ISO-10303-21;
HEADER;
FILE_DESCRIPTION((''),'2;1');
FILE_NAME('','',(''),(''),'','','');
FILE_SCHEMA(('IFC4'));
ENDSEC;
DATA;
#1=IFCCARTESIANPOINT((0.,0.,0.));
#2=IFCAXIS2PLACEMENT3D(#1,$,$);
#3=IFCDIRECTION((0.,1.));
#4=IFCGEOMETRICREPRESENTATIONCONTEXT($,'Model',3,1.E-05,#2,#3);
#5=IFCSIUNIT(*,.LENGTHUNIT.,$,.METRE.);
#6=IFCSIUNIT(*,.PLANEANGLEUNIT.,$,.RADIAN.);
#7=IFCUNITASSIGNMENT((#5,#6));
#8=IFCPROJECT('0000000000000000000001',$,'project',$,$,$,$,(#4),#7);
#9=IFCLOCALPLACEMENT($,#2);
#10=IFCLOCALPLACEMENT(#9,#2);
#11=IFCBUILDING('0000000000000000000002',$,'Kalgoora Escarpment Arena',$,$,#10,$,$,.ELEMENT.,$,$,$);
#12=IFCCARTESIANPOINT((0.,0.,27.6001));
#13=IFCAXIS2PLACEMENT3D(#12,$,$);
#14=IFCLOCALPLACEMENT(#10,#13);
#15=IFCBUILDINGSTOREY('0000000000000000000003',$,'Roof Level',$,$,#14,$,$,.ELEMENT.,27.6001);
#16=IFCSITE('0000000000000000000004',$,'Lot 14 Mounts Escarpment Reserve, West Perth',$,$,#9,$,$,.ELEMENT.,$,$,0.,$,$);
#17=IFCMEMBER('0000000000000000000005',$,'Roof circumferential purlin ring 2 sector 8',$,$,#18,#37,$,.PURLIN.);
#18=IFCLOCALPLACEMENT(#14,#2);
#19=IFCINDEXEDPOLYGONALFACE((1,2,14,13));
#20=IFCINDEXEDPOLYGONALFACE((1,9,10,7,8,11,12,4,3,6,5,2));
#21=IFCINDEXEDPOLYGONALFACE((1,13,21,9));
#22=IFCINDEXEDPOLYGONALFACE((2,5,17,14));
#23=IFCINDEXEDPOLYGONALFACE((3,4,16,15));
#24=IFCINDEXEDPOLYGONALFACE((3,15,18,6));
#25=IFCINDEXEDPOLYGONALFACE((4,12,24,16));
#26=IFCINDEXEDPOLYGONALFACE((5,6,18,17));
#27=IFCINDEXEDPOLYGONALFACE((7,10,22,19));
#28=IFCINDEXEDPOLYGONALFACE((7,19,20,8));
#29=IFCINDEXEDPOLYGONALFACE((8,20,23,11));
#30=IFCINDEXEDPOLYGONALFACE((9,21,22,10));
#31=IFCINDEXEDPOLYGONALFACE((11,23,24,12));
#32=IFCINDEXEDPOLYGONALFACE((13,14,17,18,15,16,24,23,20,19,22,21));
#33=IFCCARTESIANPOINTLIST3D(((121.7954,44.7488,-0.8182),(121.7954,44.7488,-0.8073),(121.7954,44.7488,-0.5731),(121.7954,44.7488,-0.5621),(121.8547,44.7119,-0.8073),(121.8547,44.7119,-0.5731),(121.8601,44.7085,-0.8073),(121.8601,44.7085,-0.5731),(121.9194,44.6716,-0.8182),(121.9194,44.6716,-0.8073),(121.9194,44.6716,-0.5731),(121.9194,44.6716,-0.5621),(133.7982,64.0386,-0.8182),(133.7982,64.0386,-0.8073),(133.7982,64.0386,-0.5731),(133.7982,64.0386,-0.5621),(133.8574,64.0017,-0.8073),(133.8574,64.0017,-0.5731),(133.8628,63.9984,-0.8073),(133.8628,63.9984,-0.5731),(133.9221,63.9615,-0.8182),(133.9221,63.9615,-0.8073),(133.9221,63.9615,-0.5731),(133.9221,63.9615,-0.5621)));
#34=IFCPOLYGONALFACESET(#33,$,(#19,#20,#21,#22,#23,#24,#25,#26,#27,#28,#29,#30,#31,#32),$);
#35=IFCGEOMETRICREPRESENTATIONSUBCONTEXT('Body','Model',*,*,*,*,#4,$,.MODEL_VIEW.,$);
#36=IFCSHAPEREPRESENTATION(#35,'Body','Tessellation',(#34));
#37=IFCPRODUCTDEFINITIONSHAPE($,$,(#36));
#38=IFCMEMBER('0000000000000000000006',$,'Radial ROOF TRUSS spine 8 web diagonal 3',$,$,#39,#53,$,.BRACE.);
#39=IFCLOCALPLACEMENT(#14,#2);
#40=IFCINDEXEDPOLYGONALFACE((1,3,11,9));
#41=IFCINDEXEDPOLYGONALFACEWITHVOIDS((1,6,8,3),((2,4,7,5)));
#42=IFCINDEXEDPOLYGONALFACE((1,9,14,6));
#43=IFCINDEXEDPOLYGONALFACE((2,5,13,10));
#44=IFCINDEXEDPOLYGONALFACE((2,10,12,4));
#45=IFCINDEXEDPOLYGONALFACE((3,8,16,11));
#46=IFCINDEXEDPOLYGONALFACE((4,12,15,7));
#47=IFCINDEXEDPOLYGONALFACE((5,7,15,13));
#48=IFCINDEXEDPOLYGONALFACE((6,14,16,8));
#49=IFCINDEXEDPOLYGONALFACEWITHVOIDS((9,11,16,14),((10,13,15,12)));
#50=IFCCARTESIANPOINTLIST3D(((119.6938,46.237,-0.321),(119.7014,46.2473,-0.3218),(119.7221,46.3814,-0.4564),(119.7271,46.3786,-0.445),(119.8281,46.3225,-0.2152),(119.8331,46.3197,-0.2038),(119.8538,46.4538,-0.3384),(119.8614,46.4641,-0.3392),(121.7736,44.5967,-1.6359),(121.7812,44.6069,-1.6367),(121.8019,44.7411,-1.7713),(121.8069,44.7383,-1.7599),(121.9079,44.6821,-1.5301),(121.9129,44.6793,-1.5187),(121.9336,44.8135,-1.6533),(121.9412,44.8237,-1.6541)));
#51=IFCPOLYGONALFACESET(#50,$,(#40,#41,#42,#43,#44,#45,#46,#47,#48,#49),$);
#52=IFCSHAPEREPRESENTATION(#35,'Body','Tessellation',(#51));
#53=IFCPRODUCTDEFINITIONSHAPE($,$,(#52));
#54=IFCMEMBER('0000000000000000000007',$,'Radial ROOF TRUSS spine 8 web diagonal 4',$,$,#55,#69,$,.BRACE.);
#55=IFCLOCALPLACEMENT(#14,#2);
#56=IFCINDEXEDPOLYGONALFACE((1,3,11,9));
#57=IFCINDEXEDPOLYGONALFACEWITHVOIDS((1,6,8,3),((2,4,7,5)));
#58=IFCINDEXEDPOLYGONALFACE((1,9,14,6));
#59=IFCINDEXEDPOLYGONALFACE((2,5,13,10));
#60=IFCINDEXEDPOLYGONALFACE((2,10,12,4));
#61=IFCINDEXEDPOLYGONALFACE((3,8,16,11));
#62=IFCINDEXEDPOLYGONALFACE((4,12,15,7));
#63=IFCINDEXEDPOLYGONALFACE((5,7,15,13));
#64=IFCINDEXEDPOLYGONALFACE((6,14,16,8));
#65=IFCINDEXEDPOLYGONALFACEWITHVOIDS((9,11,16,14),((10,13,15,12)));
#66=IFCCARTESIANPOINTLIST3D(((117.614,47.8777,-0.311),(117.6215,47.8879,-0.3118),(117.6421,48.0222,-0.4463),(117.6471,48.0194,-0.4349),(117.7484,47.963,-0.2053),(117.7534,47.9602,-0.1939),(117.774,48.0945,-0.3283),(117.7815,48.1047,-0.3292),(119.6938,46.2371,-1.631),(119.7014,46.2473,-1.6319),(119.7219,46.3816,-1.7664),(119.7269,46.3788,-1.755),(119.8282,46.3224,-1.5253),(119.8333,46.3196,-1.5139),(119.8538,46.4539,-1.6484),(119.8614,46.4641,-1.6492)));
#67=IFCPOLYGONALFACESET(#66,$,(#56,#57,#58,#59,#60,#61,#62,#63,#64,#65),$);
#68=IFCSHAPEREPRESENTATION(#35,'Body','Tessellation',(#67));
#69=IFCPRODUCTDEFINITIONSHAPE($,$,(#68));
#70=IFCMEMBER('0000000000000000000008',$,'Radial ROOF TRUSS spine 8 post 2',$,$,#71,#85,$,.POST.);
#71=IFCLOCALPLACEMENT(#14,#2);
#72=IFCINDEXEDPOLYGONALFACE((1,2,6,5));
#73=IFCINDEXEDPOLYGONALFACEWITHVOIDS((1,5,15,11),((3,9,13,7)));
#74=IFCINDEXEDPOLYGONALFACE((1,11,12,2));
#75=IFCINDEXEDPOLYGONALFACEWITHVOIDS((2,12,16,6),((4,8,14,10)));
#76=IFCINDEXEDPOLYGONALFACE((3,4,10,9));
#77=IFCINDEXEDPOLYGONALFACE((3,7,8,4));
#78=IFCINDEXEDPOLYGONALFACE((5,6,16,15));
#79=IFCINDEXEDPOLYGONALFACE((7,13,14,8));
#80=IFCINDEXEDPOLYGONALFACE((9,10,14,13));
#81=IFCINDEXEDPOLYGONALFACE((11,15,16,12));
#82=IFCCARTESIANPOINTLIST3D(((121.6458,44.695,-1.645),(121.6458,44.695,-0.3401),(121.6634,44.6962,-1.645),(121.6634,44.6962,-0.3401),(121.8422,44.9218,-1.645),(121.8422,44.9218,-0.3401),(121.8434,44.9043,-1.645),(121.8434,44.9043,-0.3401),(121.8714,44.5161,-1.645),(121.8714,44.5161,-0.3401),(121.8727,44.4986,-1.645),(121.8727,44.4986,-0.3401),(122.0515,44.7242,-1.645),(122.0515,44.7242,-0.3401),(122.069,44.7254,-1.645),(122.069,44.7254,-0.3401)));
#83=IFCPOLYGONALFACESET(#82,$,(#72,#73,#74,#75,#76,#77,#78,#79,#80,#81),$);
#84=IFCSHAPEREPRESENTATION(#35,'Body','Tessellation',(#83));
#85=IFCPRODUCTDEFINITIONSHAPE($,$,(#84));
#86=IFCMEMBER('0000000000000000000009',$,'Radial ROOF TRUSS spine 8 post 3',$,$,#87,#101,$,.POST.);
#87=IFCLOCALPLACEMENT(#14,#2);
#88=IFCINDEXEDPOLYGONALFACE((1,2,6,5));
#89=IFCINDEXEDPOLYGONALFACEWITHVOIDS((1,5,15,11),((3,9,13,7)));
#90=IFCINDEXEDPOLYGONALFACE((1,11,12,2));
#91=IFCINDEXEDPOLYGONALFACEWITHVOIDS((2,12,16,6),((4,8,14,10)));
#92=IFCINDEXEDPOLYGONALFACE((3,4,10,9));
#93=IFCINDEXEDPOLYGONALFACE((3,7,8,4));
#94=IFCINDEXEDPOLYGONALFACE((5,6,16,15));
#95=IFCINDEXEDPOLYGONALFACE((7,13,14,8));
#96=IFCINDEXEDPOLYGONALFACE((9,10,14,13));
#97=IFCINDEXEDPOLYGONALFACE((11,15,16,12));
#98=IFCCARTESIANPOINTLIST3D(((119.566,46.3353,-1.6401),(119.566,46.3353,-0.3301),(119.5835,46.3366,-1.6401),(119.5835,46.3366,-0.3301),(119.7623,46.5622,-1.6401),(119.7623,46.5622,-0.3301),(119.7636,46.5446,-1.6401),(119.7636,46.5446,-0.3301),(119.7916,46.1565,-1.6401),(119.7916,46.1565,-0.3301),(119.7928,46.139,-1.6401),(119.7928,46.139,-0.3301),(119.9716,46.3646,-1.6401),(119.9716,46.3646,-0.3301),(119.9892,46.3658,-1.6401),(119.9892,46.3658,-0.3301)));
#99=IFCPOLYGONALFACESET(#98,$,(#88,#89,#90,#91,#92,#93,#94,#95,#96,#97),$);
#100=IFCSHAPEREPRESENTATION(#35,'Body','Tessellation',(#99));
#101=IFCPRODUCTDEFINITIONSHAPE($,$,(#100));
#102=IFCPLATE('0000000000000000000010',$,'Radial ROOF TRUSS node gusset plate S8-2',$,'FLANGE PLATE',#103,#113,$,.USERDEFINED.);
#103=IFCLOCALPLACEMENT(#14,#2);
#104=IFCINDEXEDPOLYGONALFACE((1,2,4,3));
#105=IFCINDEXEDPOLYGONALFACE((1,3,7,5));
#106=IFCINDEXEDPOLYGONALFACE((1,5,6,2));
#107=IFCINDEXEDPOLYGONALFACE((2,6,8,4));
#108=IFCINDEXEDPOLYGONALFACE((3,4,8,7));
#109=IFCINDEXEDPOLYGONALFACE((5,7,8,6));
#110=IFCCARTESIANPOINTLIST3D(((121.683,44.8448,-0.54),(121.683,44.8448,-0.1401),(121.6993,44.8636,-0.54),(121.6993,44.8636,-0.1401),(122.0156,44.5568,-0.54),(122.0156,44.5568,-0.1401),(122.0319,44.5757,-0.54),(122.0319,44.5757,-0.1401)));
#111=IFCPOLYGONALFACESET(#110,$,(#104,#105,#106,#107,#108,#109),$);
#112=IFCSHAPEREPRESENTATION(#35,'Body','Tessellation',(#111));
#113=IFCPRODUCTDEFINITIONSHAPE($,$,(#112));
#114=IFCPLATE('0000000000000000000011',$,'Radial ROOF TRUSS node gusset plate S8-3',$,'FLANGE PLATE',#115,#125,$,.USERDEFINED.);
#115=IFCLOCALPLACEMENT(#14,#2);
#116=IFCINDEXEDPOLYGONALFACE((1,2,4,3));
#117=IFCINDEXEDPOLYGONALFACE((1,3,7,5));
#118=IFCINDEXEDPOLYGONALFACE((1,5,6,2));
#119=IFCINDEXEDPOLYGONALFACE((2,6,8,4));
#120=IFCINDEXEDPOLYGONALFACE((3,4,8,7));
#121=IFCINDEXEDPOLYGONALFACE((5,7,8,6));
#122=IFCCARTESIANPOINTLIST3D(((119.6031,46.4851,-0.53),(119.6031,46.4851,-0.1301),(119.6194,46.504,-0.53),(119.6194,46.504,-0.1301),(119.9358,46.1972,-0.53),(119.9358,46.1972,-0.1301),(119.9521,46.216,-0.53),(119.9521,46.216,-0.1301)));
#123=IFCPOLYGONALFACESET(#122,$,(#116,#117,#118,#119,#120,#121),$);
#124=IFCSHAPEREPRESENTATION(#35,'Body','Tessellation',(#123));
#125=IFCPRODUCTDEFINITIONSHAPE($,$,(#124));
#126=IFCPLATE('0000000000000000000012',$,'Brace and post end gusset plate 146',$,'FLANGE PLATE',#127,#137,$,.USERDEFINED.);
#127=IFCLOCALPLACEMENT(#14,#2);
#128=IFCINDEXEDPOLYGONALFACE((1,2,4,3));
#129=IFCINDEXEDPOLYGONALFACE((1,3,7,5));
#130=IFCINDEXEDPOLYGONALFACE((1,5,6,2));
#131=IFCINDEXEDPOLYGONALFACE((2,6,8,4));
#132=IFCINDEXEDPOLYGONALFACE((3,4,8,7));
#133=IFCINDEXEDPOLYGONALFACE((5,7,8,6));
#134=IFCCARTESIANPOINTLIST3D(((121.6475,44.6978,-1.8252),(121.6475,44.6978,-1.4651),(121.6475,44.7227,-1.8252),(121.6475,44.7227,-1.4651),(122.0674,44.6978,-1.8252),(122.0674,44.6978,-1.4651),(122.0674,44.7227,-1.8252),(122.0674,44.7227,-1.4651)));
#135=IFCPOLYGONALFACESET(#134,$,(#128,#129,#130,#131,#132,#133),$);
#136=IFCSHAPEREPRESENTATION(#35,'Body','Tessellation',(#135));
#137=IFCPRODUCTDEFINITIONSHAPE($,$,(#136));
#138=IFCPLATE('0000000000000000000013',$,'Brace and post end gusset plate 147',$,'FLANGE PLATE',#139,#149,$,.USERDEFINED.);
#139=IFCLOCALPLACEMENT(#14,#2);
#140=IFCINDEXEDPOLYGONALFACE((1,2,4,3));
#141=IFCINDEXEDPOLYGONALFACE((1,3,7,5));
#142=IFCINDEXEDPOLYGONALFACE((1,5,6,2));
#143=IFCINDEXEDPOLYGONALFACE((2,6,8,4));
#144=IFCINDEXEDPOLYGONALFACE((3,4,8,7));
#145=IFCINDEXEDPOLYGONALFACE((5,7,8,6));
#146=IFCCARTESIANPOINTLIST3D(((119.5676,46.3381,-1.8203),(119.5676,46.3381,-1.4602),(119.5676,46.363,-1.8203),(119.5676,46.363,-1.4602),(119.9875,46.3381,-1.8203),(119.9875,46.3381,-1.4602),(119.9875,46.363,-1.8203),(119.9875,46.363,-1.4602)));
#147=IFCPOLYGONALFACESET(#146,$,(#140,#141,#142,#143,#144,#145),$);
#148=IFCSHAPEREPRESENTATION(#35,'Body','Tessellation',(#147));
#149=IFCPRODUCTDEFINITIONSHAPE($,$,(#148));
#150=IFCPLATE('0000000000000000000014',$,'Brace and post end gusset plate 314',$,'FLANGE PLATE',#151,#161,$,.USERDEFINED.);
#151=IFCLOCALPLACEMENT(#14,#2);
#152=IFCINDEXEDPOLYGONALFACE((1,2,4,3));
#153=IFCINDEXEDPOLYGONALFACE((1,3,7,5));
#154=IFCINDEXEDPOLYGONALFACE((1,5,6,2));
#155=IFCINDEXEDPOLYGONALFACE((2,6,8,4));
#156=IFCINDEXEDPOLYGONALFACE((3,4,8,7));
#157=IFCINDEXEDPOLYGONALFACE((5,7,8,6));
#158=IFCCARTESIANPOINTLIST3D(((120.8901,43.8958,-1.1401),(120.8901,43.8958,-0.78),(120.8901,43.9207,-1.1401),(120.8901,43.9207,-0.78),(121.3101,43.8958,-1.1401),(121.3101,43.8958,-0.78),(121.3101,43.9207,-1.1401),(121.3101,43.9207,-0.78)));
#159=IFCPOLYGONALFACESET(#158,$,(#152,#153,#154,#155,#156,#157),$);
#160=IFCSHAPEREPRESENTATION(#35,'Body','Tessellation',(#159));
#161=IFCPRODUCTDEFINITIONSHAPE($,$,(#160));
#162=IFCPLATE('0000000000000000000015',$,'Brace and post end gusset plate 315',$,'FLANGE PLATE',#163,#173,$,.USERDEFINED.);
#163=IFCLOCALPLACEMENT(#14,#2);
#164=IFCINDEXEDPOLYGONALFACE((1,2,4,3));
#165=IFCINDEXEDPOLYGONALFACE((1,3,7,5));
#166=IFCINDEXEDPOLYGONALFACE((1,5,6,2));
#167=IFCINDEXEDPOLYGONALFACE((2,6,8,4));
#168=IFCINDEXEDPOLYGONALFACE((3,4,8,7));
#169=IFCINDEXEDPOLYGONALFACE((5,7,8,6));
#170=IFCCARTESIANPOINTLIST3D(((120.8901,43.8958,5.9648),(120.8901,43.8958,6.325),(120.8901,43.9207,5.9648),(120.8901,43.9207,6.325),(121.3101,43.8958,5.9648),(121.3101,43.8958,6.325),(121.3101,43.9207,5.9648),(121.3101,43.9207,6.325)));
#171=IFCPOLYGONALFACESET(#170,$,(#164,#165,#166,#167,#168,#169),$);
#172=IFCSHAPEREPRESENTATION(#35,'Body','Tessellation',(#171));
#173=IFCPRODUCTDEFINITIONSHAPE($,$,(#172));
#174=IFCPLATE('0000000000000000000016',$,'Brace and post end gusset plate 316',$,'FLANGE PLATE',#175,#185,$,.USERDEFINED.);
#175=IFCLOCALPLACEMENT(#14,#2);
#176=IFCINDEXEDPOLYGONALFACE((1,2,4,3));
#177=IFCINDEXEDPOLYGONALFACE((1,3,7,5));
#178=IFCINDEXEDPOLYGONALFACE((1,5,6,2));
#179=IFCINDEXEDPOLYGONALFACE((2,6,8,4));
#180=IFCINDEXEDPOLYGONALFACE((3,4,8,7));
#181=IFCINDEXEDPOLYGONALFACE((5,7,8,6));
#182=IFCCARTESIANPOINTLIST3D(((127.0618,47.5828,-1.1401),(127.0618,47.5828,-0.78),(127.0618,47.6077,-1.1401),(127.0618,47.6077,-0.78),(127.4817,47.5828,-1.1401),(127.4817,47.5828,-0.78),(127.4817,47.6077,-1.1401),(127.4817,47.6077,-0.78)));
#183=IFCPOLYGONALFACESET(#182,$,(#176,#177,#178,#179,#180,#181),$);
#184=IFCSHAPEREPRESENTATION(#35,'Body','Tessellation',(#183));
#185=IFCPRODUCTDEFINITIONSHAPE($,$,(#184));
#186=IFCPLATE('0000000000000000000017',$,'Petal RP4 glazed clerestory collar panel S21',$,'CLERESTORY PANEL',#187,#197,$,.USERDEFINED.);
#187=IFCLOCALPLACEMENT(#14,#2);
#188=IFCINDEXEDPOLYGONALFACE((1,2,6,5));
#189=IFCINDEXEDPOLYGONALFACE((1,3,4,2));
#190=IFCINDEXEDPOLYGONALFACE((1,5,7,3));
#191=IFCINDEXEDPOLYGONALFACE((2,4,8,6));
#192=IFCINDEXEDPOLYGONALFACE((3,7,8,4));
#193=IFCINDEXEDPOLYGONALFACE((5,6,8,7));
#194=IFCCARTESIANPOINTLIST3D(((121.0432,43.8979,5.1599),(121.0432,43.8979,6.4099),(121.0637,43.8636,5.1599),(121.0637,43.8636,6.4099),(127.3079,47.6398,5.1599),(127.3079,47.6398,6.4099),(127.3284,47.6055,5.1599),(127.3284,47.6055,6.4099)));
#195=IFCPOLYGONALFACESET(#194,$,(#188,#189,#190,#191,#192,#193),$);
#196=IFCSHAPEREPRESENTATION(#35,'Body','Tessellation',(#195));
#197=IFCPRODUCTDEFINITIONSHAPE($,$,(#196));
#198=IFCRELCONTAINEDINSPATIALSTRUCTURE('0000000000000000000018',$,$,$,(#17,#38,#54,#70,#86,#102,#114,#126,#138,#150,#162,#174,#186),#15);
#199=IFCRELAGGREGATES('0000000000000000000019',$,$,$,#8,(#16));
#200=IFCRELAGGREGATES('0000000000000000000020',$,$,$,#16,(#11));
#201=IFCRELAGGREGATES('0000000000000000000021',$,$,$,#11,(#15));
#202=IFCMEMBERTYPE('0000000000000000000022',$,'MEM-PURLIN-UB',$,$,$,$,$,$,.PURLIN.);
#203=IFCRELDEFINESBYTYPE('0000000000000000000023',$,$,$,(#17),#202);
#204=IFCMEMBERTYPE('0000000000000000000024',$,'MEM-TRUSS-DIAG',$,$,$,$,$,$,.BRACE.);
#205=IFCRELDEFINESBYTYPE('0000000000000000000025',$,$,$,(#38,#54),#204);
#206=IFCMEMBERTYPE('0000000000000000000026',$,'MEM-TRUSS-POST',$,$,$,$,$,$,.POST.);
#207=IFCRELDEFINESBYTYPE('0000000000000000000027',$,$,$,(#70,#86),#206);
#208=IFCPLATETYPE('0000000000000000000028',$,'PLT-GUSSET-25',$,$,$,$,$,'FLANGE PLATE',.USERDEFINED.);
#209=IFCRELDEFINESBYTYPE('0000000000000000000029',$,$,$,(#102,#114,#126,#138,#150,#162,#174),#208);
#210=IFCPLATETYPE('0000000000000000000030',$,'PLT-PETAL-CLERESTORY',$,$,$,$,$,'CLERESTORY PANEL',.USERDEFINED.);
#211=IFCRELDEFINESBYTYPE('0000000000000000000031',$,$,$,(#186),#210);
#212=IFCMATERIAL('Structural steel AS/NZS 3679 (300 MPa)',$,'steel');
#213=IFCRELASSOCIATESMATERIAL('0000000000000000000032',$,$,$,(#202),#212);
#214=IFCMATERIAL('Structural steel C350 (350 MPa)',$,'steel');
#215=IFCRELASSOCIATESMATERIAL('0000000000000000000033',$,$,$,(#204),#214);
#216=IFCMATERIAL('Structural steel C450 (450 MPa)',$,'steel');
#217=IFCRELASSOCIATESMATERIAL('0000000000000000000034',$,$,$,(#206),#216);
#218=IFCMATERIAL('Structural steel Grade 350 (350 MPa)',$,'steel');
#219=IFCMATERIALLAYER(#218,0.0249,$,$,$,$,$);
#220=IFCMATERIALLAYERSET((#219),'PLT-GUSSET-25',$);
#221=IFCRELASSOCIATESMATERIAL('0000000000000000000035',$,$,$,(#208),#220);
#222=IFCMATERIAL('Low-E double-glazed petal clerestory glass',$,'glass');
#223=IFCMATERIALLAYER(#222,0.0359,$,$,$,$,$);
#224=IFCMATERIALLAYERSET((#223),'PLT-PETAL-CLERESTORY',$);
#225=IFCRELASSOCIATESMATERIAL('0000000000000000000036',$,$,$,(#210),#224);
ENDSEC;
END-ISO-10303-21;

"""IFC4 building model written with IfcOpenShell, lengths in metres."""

from ifc_helpers import new_model, si_unit, direction, frame, origin, origin_2d, place, context, subcontext, project, spatial, rectangle, hollow_rectangle, i_section, extrude, material, layer, layer_set, material_profile, profile_set, type_object, element, save


model = new_model("IFC4")

# Units and contexts
model_context = context("Model", 3, precision=1e-05, world=origin(), true_north=direction((0.0, 1.0)))
body_context = subcontext(model_context, "Body", "Model", "MODEL_VIEW")
ifc_project = project(units=[si_unit("LENGTHUNIT", "METRE"), si_unit("PLANEANGLEUNIT", "RADIAN")], contexts=[model_context])

# Site, building, storey
site_placement = place(None, origin())
site = spatial("IfcSite", under=ifc_project, at=site_placement, Name="Lot 14 Mounts Escarpment Reserve, West Perth", CompositionType="ELEMENT", RefElevation=0.0)
building_placement = place(site_placement, origin())
building = spatial("IfcBuilding", under=site, at=building_placement, Name="Kalgoora Escarpment Arena", CompositionType="ELEMENT")
storey_placement = place(building_placement, frame((0.0, 0.0, 27.6001)))
storey = spatial("IfcBuildingStorey", under=building, at=storey_placement, Name="Roof Level", CompositionType="ELEMENT", Elevation=27.6001)

# Members
ifc_material_1 = material(Name="Structural steel AS/NZS 3679 (300 MPa)", Category="steel")
ifc_material_profile_1 = material_profile(ifc_material_1, i_section(OverallWidth=0.146, OverallDepth=0.2561, WebThickness=0.0063, FlangeThickness=0.011, at=origin_2d()))
ifc_profile_set_1 = profile_set([ifc_material_profile_1], Name="Structural steel AS/NZS 3679 (300 MPa)")
member_type_1 = type_object("IfcMemberType", Name="MEM-PURLIN-UB", PredefinedType="PURLIN", material=ifc_profile_set_1)
member_1_placement = place(storey_placement, frame((121.8574, 44.7102, -0.6902), z_axis=(0.528307, 0.849054, 0.0), x_axis=(-0.849054, 0.528307, 0.0)))
element("IfcMember", 1, at=member_1_placement, inside=storey, type_object=member_type_1, Name="Roof circumferential purlin ring 2 sector 8", PredefinedType="PURLIN", context=body_context, shape_type="SweptSolid", body=[
    extrude(i_section(OverallWidth=0.146, OverallDepth=0.2561, WebThickness=0.0063, FlangeThickness=0.011, at=origin_2d()), origin(), (0.0, 0.0, 1.0), 22.7192),
])
ifc_material_2 = material(Name="Structural steel C350 (350 MPa)", Category="steel")
ifc_material_profile_2 = material_profile(ifc_material_2, hollow_rectangle(XDim=0.2, YDim=0.2, WallThickness=0.009, at=origin_2d()))
ifc_profile_set_2 = profile_set([ifc_material_profile_2], Name="Structural steel C350 (350 MPa)")
member_type_2 = type_object("IfcMemberType", Name="MEM-TRUSS-DIAG", PredefinedType="BRACE", material=ifc_profile_set_2)
member_2_placement = place(storey_placement, frame((121.8574, 44.7102, -1.645), z_axis=(-0.703288, 0.554688, 0.444642), x_axis=(0.696714, 0.413443, 0.58622)))
element("IfcMember", 2, at=member_2_placement, inside=storey, type_object=member_type_2, Name="Radial ROOF TRUSS spine 8 web diagonal 3", PredefinedType="BRACE", context=body_context, shape_type="SweptSolid", body=[
    extrude(hollow_rectangle(XDim=0.2, YDim=0.2, WallThickness=0.009, at=origin_2d()), origin(), (0.0, 0.0, 1.0), 2.9573),
])
member_3_placement = place(storey_placement, frame((119.7776, 46.3506, -1.6401), z_axis=(-0.702713, 0.554318, 0.446011), x_axis=(0.697447, 0.412838, 0.585775)))
element("IfcMember", 3, at=member_3_placement, inside=storey, type_object=member_type_2, Name="Radial ROOF TRUSS spine 8 web diagonal 4", PredefinedType="BRACE", context=body_context, shape_type="SweptSolid", body=[
    extrude(hollow_rectangle(XDim=0.2, YDim=0.2, WallThickness=0.009, at=origin_2d()), origin(), (0.0, 0.0, 1.0), 2.9597),
])
ifc_material_3 = material(Name="Structural steel C450 (450 MPa)", Category="steel")
ifc_material_profile_3 = material_profile(ifc_material_3, hollow_rectangle(XDim=0.3, YDim=0.3, WallThickness=0.0125, at=origin_2d()))
ifc_profile_set_3 = profile_set([ifc_material_profile_3], Name="Structural steel C450 (450 MPa)")
member_type_3 = type_object("IfcMemberType", Name="MEM-TRUSS-POST", PredefinedType="POST", material=ifc_profile_set_3)
member_4_placement = place(storey_placement, frame((121.8574, 44.7102, -1.645), z_axis=(0.0, 0.0, 1.0), x_axis=(-0.756082, 0.654477, 0.0)))
element("IfcMember", 4, at=member_4_placement, inside=storey, type_object=member_type_3, Name="Radial ROOF TRUSS spine 8 post 2", PredefinedType="POST", context=body_context, shape_type="SweptSolid", body=[
    extrude(hollow_rectangle(XDim=0.3, YDim=0.3, WallThickness=0.0125, at=origin_2d()), origin(), (0.0, 0.0, 1.0), 1.3049),
])
member_5_placement = place(storey_placement, frame((119.7776, 46.3506, -1.6401), z_axis=(0.0, 0.0, 1.0), x_axis=(-0.756082, 0.654477, 0.0)))
element("IfcMember", 5, at=member_5_placement, inside=storey, type_object=member_type_3, Name="Radial ROOF TRUSS spine 8 post 3", PredefinedType="POST", context=body_context, shape_type="SweptSolid", body=[
    extrude(hollow_rectangle(XDim=0.3, YDim=0.3, WallThickness=0.0125, at=origin_2d()), origin(), (0.0, 0.0, 1.0), 1.3101),
])

# Plates
ifc_material_4 = material(Name="Structural steel Grade 350 (350 MPa)", Category="steel")
ifc_layer_1 = layer(ifc_material_4, 0.0249)
ifc_layer_set_1 = layer_set([ifc_layer_1], Name="PLT-GUSSET-25")
plate_type_1 = type_object("IfcPlateType", Name="PLT-GUSSET-25", ElementType="FLANGE PLATE", PredefinedType="USERDEFINED", material=ifc_layer_set_1)
for number, where, z_axis, x_axis, name in (
    (6, (121.8574, 44.7102, -0.54), (0.0, 0.0, 1.0), (-0.756082, 0.654477, 0.0), "Radial ROOF TRUSS node gusset plate S8-2"),
    (7, (119.7776, 46.3506, -0.53), (0.0, 0.0, 1.0), (-0.756082, 0.654477, 0.0), "Radial ROOF TRUSS node gusset plate S8-3"),
):
    element("IfcPlate", number, at=place(storey_placement, frame(where, z_axis=z_axis, x_axis=x_axis)), inside=storey, type_object=plate_type_1, Name=name, ObjectType="FLANGE PLATE", PredefinedType="USERDEFINED", context=body_context, shape_type="SweptSolid", body=[
        extrude(rectangle(XDim=0.4399, YDim=0.0249, at=origin_2d()), origin(), (0.0, 0.0, 1.0), 0.3999),
    ])
for number, where, z_axis, x_axis, name in (
    (8, (121.8574, 44.7102, -1.8252), (0.0, 0.0, 1.0), (1.0, 0.0, 0.0), "Brace and post end gusset plate 146"),
    (9, (119.7776, 46.3506, -1.8203), (0.0, 0.0, 1.0), (1.0, 0.0, 0.0), "Brace and post end gusset plate 147"),
    (10, (121.1001, 43.9082, -1.1401), (0.0, 0.0, 1.0), (1.0, 0.0, 0.0), "Brace and post end gusset plate 314"),
    (11, (121.1001, 43.9082, 5.9648), (0.0, 0.0, 1.0), (1.0, 0.0, 0.0), "Brace and post end gusset plate 315"),
    (12, (127.2717, 47.5952, -1.1401), (0.0, 0.0, 1.0), (1.0, 0.0, 0.0), "Brace and post end gusset plate 316"),
):
    element("IfcPlate", number, at=place(storey_placement, frame(where, z_axis=z_axis, x_axis=x_axis)), inside=storey, type_object=plate_type_1, Name=name, ObjectType="FLANGE PLATE", PredefinedType="USERDEFINED", context=body_context, shape_type="SweptSolid", body=[
        extrude(rectangle(XDim=0.4199, YDim=0.0249, at=origin_2d()), origin(), (0.0, 0.0, 1.0), 0.3601),
    ])
ifc_material_5 = material(Name="Low-E double-glazed petal clerestory glass", Category="glass")
ifc_layer_2 = layer(ifc_material_5, 0.0359)
ifc_layer_set_2 = layer_set([ifc_layer_2], Name="PLT-PETAL-CLERESTORY")
plate_type_2 = type_object("IfcPlateType", Name="PLT-PETAL-CLERESTORY", ElementType="CLERESTORY PANEL", PredefinedType="USERDEFINED", material=ifc_layer_set_2)
plate_placement = place(storey_placement, frame((124.1858, 45.7517, 5.1599), z_axis=(0.0, 0.0, 1.0), x_axis=(0.858513, 0.512792, 0.0)))
element("IfcPlate", 13, at=plate_placement, inside=storey, type_object=plate_type_2, Name="Petal RP4 glazed clerestory collar panel S21", ObjectType="CLERESTORY PANEL", PredefinedType="USERDEFINED", context=body_context, shape_type="SweptSolid", body=[
    extrude(rectangle(XDim=7.2971, YDim=0.04, at=origin_2d()), origin(), (0.0, 0.0, 1.0), 1.25),
])

save(model, "model.ifc")
